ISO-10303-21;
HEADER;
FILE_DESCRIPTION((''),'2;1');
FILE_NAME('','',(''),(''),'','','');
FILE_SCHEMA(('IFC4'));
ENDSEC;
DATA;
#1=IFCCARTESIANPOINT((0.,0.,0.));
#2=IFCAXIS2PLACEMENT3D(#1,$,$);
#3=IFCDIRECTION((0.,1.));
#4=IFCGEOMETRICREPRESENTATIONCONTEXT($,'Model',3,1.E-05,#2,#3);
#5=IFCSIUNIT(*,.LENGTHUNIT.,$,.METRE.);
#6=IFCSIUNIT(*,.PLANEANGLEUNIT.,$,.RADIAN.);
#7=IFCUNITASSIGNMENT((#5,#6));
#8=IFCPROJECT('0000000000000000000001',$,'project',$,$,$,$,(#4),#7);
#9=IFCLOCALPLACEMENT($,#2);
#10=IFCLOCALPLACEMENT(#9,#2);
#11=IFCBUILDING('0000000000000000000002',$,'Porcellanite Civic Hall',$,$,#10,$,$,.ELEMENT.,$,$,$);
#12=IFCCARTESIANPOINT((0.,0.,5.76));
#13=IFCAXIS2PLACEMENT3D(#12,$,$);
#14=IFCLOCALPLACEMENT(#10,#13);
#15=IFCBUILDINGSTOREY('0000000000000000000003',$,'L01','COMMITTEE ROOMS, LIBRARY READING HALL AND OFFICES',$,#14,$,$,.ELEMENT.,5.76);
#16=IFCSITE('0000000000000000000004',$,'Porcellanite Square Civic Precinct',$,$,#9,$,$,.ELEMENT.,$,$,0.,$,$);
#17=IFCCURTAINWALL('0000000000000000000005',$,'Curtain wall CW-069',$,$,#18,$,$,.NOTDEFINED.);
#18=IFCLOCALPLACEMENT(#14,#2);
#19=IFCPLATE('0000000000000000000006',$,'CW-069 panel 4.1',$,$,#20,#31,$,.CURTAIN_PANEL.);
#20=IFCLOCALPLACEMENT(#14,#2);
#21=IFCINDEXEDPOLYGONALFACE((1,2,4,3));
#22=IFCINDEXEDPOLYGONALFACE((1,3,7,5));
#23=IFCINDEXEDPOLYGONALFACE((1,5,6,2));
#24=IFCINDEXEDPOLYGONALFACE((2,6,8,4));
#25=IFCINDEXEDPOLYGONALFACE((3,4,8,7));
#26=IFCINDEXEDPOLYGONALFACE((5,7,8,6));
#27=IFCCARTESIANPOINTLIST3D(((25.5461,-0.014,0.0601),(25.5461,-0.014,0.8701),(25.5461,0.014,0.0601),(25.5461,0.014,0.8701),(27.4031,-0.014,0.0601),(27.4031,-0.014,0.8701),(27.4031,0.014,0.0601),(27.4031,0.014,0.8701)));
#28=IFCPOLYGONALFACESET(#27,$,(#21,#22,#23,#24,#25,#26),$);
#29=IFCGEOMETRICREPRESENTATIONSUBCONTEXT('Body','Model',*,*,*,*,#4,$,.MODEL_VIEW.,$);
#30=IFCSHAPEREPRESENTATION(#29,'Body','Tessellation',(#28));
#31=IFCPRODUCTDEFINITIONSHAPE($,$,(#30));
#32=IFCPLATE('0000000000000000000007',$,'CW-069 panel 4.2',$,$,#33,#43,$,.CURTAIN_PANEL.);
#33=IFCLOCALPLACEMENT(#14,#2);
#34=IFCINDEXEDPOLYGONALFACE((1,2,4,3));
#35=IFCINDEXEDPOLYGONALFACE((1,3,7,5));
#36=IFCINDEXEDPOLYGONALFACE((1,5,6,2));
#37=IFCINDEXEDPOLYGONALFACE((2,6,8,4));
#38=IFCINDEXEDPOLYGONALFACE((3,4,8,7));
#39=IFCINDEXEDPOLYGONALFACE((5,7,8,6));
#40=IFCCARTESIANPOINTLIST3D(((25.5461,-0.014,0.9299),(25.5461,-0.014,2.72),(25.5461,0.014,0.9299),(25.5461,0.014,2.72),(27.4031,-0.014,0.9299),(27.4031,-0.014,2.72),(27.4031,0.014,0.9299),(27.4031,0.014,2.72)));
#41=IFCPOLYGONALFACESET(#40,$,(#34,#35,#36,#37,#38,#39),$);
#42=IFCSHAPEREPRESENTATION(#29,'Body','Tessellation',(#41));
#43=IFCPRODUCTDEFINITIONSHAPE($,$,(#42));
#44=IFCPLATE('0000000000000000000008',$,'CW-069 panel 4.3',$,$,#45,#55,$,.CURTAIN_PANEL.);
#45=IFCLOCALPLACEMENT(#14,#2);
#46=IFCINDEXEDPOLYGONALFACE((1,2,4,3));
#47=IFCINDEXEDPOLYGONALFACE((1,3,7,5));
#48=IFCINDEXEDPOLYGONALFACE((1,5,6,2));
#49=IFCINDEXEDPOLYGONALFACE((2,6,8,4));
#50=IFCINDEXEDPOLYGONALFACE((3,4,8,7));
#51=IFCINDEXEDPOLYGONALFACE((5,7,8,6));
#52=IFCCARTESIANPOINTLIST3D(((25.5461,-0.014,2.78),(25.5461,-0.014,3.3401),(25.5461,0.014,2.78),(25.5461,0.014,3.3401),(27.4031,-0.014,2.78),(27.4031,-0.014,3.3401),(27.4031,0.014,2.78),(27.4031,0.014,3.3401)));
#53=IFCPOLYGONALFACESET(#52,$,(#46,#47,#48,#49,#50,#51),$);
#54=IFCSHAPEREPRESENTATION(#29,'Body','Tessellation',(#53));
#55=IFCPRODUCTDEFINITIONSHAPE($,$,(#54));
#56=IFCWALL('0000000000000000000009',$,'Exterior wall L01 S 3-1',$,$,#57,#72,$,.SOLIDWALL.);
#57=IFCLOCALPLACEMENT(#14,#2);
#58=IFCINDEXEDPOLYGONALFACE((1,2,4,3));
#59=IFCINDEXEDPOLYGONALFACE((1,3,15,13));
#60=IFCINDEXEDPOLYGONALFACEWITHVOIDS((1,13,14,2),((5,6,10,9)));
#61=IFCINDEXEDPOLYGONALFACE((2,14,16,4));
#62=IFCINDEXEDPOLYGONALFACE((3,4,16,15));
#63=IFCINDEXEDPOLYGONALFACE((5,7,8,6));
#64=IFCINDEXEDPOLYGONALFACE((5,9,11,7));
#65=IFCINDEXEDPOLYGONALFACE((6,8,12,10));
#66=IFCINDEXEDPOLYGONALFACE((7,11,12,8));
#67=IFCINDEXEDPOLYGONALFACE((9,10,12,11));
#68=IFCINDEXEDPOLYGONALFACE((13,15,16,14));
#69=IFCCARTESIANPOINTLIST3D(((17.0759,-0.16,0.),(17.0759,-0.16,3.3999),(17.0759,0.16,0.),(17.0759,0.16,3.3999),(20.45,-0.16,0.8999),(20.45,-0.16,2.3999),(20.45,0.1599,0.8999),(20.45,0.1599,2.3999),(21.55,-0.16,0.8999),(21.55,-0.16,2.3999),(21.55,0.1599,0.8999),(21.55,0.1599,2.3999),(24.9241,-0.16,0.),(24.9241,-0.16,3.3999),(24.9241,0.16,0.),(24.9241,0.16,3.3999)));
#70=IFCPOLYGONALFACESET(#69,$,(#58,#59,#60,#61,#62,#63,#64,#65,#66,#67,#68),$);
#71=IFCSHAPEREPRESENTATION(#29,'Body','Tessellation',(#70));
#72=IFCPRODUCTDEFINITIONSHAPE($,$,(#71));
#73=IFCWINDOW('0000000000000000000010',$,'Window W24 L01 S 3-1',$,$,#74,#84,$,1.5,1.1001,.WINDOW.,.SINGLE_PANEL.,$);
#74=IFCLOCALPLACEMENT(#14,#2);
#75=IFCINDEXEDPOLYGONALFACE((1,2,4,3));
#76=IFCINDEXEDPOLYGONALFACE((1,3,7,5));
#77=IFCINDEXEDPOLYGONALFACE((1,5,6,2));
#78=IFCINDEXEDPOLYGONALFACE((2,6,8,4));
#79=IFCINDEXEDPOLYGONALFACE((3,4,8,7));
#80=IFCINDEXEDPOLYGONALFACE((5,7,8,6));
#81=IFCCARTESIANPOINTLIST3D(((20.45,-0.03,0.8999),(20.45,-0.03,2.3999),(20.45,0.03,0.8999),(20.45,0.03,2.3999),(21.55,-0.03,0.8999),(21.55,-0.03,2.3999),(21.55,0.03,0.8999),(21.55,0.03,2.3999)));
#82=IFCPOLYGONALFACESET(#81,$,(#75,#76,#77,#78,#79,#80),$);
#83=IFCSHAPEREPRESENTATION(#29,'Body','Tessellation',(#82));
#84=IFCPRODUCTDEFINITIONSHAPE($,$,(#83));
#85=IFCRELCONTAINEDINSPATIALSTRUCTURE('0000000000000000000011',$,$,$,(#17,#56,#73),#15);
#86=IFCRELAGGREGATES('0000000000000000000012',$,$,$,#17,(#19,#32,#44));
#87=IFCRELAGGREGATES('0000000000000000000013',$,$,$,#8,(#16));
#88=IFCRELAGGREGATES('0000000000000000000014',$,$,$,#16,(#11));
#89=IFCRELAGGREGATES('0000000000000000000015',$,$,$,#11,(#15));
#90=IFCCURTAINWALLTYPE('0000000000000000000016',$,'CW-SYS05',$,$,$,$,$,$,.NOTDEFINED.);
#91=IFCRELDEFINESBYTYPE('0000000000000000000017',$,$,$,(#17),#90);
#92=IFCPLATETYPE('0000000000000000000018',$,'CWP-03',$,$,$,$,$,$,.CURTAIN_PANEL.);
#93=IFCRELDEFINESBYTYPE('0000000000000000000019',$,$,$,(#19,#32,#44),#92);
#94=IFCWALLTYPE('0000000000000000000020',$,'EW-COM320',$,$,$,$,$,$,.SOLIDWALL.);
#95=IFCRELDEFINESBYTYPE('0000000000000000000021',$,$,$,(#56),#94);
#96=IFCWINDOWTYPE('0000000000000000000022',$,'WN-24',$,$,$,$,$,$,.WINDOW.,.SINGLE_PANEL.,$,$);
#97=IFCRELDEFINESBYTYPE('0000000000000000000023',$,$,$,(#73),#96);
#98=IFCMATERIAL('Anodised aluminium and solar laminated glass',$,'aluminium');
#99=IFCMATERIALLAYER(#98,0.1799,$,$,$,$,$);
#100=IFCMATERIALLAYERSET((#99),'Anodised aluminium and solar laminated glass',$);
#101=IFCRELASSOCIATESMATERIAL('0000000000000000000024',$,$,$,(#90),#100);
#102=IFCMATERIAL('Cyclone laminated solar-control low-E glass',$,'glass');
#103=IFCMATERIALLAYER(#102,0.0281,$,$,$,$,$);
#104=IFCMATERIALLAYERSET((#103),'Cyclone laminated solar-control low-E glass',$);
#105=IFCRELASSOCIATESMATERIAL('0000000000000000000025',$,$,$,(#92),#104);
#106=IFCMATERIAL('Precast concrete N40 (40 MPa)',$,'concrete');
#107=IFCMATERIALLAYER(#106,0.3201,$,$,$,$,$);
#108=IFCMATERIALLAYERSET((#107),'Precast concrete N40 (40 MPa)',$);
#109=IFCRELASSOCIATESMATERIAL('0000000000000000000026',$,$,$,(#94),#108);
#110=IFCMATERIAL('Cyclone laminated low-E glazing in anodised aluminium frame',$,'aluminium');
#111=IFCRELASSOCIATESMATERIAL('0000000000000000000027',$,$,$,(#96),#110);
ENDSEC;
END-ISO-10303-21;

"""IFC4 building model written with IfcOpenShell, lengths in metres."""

from ifc_helpers import new_model, si_unit, direction, frame, frame_2d, origin, origin_2d, place, context, subcontext, project, spatial, rectangle, extrude, material, layer, layer_set, type_object, element, fill, aggregate, save


model = new_model("IFC4")

# Units and contexts
model_context = context("Model", 3, precision=1e-05, world=origin(), true_north=direction((0.0, 1.0)))
body_context = subcontext(model_context, "Body", "Model", "MODEL_VIEW")
ifc_project = project(units=[si_unit("LENGTHUNIT", "METRE"), si_unit("PLANEANGLEUNIT", "RADIAN")], contexts=[model_context])

# Site, building, storey
site_placement = place(None, origin())
site = spatial("IfcSite", under=ifc_project, at=site_placement, Name="Porcellanite Square Civic Precinct", CompositionType="ELEMENT", RefElevation=0.0)
building_placement = place(site_placement, origin())
building = spatial("IfcBuilding", under=site, at=building_placement, Name="Porcellanite Civic Hall", CompositionType="ELEMENT")
storey_placement = place(building_placement, frame((0.0, 0.0, 5.76)))
storey = spatial("IfcBuildingStorey", under=building, at=storey_placement, Name="L01", Description="COMMITTEE ROOMS, LIBRARY READING HALL AND OFFICES", CompositionType="ELEMENT", Elevation=5.76)

# Curtain wall, plates
ifc_material_1 = material(Name="Anodised aluminium and solar laminated glass", Category="aluminium")
ifc_layer_1 = layer(ifc_material_1, 0.1799)
ifc_layer_set_1 = layer_set([ifc_layer_1], Name="Anodised aluminium and solar laminated glass")
curtain_wall_type = type_object("IfcCurtainWallType", Name="CW-SYS05", PredefinedType="NOTDEFINED", material=ifc_layer_set_1)
curtain_wall_placement = place(storey_placement, origin())
curtain_wall = element("IfcCurtainWall", 1, at=curtain_wall_placement, inside=storey, type_object=curtain_wall_type, Name="Curtain wall CW-069", PredefinedType="NOTDEFINED")
ifc_material_2 = material(Name="Cyclone laminated solar-control low-E glass", Category="glass")
ifc_layer_2 = layer(ifc_material_2, 0.0281)
ifc_layer_set_2 = layer_set([ifc_layer_2], Name="Cyclone laminated solar-control low-E glass")
plate_type = type_object("IfcPlateType", Name="CWP-03", PredefinedType="CURTAIN_PANEL", material=ifc_layer_set_2)
plate_1_placement = place(storey_placement, frame((26.4746, 0.0, 0.0601), z_axis=(0.0, 0.0, 1.0), x_axis=(-1.0, 0.0, 0.0)))
plate_1 = element("IfcPlate", 2, at=plate_1_placement, type_object=plate_type, Name="CW-069 panel 4.1", PredefinedType="CURTAIN_PANEL", context=body_context, shape_type="SweptSolid", body=[
    extrude(rectangle(XDim=1.8569, YDim=0.0281, at=origin_2d()), origin(), (0.0, 0.0, 1.0), 0.8101),
])
plate_2_placement = place(storey_placement, frame((26.4746, 0.0, 0.9299), z_axis=(0.0, 0.0, 1.0), x_axis=(-1.0, 0.0, 0.0)))
plate_2 = element("IfcPlate", 3, at=plate_2_placement, type_object=plate_type, Name="CW-069 panel 4.2", PredefinedType="CURTAIN_PANEL", context=body_context, shape_type="SweptSolid", body=[
    extrude(rectangle(XDim=1.8569, YDim=0.0281, at=origin_2d()), origin(), (0.0, 0.0, 1.0), 1.79),
])
plate_3_placement = place(storey_placement, frame((26.4746, 0.0, 2.78), z_axis=(0.0, 0.0, 1.0), x_axis=(-1.0, 0.0, 0.0)))
plate_3 = element("IfcPlate", 4, at=plate_3_placement, type_object=plate_type, Name="CW-069 panel 4.3", PredefinedType="CURTAIN_PANEL", context=body_context, shape_type="SweptSolid", body=[
    extrude(rectangle(XDim=1.8569, YDim=0.0281, at=origin_2d()), origin(), (0.0, 0.0, 1.0), 0.5601),
])
aggregate(curtain_wall, [plate_1, plate_2, plate_3])

# Wall, opening, window
ifc_material_3 = material(Name="Precast concrete N40 (40 MPa)", Category="concrete")
ifc_layer_3 = layer(ifc_material_3, 0.3201)
ifc_layer_set_3 = layer_set([ifc_layer_3], Name="Precast concrete N40 (40 MPa)")
wall_type = type_object("IfcWallType", Name="EW-COM320", PredefinedType="SOLIDWALL", material=ifc_layer_set_3)
wall_placement = place(storey_placement, frame((24.9241, 0.0, 0.0), z_axis=(0.0, 0.0, 1.0), x_axis=(-1.0, 0.0, 0.0)))
wall = element("IfcWall", 5, at=wall_placement, inside=storey, type_object=wall_type, Name="Exterior wall L01 S 3-1", PredefinedType="SOLIDWALL", context=body_context, shape_type="SweptSolid", body=[
    extrude(rectangle(XDim=7.8481, YDim=0.3201, at=frame_2d((3.9241, 0.0))), origin(), (0.0, 0.0, 1.0), 3.3999),
])
opening_placement = place(wall_placement, frame((3.374, 0.0, 0.8999)))
opening = element("IfcOpeningElement", 6, at=opening_placement, cuts=wall, PredefinedType="OPENING", context=body_context, shape_type="SweptSolid", body=[
    extrude(rectangle(XDim=1.1001, YDim=1.5, at=frame_2d((0.55, 0.75))), frame((0.0, 0.1602, 0.0), z_axis=(0.0, -1.0, 0.0), x_axis=(1.0, 0.0, 0.0)), (0.0, 0.0, 1.0), 0.3201),
])
ifc_material_4 = material(Name="Cyclone laminated low-E glazing in anodised aluminium frame", Category="aluminium")
window_type = type_object("IfcWindowType", Name="WN-24", PartitioningType="SINGLE_PANEL", PredefinedType="WINDOW", material=ifc_material_4)
window_placement = place(opening_placement, origin())
window = element("IfcWindow", 7, at=window_placement, inside=storey, type_object=window_type, Name="Window W24 L01 S 3-1", OverallHeight=1.5, OverallWidth=1.1001, PartitioningType="SINGLE_PANEL", PredefinedType="WINDOW", context=body_context, shape_type="SweptSolid", body=[
    extrude(rectangle(XDim=1.1001, YDim=1.5, at=frame_2d((0.55, 0.75))), frame((0.0, 0.03, 0.0), z_axis=(0.0, -1.0, 0.0), x_axis=(1.0, 0.0, 0.0)), (0.0, 0.0, 1.0), 0.0601),
])
fill(opening, window)

save(model, "model.ifc")
